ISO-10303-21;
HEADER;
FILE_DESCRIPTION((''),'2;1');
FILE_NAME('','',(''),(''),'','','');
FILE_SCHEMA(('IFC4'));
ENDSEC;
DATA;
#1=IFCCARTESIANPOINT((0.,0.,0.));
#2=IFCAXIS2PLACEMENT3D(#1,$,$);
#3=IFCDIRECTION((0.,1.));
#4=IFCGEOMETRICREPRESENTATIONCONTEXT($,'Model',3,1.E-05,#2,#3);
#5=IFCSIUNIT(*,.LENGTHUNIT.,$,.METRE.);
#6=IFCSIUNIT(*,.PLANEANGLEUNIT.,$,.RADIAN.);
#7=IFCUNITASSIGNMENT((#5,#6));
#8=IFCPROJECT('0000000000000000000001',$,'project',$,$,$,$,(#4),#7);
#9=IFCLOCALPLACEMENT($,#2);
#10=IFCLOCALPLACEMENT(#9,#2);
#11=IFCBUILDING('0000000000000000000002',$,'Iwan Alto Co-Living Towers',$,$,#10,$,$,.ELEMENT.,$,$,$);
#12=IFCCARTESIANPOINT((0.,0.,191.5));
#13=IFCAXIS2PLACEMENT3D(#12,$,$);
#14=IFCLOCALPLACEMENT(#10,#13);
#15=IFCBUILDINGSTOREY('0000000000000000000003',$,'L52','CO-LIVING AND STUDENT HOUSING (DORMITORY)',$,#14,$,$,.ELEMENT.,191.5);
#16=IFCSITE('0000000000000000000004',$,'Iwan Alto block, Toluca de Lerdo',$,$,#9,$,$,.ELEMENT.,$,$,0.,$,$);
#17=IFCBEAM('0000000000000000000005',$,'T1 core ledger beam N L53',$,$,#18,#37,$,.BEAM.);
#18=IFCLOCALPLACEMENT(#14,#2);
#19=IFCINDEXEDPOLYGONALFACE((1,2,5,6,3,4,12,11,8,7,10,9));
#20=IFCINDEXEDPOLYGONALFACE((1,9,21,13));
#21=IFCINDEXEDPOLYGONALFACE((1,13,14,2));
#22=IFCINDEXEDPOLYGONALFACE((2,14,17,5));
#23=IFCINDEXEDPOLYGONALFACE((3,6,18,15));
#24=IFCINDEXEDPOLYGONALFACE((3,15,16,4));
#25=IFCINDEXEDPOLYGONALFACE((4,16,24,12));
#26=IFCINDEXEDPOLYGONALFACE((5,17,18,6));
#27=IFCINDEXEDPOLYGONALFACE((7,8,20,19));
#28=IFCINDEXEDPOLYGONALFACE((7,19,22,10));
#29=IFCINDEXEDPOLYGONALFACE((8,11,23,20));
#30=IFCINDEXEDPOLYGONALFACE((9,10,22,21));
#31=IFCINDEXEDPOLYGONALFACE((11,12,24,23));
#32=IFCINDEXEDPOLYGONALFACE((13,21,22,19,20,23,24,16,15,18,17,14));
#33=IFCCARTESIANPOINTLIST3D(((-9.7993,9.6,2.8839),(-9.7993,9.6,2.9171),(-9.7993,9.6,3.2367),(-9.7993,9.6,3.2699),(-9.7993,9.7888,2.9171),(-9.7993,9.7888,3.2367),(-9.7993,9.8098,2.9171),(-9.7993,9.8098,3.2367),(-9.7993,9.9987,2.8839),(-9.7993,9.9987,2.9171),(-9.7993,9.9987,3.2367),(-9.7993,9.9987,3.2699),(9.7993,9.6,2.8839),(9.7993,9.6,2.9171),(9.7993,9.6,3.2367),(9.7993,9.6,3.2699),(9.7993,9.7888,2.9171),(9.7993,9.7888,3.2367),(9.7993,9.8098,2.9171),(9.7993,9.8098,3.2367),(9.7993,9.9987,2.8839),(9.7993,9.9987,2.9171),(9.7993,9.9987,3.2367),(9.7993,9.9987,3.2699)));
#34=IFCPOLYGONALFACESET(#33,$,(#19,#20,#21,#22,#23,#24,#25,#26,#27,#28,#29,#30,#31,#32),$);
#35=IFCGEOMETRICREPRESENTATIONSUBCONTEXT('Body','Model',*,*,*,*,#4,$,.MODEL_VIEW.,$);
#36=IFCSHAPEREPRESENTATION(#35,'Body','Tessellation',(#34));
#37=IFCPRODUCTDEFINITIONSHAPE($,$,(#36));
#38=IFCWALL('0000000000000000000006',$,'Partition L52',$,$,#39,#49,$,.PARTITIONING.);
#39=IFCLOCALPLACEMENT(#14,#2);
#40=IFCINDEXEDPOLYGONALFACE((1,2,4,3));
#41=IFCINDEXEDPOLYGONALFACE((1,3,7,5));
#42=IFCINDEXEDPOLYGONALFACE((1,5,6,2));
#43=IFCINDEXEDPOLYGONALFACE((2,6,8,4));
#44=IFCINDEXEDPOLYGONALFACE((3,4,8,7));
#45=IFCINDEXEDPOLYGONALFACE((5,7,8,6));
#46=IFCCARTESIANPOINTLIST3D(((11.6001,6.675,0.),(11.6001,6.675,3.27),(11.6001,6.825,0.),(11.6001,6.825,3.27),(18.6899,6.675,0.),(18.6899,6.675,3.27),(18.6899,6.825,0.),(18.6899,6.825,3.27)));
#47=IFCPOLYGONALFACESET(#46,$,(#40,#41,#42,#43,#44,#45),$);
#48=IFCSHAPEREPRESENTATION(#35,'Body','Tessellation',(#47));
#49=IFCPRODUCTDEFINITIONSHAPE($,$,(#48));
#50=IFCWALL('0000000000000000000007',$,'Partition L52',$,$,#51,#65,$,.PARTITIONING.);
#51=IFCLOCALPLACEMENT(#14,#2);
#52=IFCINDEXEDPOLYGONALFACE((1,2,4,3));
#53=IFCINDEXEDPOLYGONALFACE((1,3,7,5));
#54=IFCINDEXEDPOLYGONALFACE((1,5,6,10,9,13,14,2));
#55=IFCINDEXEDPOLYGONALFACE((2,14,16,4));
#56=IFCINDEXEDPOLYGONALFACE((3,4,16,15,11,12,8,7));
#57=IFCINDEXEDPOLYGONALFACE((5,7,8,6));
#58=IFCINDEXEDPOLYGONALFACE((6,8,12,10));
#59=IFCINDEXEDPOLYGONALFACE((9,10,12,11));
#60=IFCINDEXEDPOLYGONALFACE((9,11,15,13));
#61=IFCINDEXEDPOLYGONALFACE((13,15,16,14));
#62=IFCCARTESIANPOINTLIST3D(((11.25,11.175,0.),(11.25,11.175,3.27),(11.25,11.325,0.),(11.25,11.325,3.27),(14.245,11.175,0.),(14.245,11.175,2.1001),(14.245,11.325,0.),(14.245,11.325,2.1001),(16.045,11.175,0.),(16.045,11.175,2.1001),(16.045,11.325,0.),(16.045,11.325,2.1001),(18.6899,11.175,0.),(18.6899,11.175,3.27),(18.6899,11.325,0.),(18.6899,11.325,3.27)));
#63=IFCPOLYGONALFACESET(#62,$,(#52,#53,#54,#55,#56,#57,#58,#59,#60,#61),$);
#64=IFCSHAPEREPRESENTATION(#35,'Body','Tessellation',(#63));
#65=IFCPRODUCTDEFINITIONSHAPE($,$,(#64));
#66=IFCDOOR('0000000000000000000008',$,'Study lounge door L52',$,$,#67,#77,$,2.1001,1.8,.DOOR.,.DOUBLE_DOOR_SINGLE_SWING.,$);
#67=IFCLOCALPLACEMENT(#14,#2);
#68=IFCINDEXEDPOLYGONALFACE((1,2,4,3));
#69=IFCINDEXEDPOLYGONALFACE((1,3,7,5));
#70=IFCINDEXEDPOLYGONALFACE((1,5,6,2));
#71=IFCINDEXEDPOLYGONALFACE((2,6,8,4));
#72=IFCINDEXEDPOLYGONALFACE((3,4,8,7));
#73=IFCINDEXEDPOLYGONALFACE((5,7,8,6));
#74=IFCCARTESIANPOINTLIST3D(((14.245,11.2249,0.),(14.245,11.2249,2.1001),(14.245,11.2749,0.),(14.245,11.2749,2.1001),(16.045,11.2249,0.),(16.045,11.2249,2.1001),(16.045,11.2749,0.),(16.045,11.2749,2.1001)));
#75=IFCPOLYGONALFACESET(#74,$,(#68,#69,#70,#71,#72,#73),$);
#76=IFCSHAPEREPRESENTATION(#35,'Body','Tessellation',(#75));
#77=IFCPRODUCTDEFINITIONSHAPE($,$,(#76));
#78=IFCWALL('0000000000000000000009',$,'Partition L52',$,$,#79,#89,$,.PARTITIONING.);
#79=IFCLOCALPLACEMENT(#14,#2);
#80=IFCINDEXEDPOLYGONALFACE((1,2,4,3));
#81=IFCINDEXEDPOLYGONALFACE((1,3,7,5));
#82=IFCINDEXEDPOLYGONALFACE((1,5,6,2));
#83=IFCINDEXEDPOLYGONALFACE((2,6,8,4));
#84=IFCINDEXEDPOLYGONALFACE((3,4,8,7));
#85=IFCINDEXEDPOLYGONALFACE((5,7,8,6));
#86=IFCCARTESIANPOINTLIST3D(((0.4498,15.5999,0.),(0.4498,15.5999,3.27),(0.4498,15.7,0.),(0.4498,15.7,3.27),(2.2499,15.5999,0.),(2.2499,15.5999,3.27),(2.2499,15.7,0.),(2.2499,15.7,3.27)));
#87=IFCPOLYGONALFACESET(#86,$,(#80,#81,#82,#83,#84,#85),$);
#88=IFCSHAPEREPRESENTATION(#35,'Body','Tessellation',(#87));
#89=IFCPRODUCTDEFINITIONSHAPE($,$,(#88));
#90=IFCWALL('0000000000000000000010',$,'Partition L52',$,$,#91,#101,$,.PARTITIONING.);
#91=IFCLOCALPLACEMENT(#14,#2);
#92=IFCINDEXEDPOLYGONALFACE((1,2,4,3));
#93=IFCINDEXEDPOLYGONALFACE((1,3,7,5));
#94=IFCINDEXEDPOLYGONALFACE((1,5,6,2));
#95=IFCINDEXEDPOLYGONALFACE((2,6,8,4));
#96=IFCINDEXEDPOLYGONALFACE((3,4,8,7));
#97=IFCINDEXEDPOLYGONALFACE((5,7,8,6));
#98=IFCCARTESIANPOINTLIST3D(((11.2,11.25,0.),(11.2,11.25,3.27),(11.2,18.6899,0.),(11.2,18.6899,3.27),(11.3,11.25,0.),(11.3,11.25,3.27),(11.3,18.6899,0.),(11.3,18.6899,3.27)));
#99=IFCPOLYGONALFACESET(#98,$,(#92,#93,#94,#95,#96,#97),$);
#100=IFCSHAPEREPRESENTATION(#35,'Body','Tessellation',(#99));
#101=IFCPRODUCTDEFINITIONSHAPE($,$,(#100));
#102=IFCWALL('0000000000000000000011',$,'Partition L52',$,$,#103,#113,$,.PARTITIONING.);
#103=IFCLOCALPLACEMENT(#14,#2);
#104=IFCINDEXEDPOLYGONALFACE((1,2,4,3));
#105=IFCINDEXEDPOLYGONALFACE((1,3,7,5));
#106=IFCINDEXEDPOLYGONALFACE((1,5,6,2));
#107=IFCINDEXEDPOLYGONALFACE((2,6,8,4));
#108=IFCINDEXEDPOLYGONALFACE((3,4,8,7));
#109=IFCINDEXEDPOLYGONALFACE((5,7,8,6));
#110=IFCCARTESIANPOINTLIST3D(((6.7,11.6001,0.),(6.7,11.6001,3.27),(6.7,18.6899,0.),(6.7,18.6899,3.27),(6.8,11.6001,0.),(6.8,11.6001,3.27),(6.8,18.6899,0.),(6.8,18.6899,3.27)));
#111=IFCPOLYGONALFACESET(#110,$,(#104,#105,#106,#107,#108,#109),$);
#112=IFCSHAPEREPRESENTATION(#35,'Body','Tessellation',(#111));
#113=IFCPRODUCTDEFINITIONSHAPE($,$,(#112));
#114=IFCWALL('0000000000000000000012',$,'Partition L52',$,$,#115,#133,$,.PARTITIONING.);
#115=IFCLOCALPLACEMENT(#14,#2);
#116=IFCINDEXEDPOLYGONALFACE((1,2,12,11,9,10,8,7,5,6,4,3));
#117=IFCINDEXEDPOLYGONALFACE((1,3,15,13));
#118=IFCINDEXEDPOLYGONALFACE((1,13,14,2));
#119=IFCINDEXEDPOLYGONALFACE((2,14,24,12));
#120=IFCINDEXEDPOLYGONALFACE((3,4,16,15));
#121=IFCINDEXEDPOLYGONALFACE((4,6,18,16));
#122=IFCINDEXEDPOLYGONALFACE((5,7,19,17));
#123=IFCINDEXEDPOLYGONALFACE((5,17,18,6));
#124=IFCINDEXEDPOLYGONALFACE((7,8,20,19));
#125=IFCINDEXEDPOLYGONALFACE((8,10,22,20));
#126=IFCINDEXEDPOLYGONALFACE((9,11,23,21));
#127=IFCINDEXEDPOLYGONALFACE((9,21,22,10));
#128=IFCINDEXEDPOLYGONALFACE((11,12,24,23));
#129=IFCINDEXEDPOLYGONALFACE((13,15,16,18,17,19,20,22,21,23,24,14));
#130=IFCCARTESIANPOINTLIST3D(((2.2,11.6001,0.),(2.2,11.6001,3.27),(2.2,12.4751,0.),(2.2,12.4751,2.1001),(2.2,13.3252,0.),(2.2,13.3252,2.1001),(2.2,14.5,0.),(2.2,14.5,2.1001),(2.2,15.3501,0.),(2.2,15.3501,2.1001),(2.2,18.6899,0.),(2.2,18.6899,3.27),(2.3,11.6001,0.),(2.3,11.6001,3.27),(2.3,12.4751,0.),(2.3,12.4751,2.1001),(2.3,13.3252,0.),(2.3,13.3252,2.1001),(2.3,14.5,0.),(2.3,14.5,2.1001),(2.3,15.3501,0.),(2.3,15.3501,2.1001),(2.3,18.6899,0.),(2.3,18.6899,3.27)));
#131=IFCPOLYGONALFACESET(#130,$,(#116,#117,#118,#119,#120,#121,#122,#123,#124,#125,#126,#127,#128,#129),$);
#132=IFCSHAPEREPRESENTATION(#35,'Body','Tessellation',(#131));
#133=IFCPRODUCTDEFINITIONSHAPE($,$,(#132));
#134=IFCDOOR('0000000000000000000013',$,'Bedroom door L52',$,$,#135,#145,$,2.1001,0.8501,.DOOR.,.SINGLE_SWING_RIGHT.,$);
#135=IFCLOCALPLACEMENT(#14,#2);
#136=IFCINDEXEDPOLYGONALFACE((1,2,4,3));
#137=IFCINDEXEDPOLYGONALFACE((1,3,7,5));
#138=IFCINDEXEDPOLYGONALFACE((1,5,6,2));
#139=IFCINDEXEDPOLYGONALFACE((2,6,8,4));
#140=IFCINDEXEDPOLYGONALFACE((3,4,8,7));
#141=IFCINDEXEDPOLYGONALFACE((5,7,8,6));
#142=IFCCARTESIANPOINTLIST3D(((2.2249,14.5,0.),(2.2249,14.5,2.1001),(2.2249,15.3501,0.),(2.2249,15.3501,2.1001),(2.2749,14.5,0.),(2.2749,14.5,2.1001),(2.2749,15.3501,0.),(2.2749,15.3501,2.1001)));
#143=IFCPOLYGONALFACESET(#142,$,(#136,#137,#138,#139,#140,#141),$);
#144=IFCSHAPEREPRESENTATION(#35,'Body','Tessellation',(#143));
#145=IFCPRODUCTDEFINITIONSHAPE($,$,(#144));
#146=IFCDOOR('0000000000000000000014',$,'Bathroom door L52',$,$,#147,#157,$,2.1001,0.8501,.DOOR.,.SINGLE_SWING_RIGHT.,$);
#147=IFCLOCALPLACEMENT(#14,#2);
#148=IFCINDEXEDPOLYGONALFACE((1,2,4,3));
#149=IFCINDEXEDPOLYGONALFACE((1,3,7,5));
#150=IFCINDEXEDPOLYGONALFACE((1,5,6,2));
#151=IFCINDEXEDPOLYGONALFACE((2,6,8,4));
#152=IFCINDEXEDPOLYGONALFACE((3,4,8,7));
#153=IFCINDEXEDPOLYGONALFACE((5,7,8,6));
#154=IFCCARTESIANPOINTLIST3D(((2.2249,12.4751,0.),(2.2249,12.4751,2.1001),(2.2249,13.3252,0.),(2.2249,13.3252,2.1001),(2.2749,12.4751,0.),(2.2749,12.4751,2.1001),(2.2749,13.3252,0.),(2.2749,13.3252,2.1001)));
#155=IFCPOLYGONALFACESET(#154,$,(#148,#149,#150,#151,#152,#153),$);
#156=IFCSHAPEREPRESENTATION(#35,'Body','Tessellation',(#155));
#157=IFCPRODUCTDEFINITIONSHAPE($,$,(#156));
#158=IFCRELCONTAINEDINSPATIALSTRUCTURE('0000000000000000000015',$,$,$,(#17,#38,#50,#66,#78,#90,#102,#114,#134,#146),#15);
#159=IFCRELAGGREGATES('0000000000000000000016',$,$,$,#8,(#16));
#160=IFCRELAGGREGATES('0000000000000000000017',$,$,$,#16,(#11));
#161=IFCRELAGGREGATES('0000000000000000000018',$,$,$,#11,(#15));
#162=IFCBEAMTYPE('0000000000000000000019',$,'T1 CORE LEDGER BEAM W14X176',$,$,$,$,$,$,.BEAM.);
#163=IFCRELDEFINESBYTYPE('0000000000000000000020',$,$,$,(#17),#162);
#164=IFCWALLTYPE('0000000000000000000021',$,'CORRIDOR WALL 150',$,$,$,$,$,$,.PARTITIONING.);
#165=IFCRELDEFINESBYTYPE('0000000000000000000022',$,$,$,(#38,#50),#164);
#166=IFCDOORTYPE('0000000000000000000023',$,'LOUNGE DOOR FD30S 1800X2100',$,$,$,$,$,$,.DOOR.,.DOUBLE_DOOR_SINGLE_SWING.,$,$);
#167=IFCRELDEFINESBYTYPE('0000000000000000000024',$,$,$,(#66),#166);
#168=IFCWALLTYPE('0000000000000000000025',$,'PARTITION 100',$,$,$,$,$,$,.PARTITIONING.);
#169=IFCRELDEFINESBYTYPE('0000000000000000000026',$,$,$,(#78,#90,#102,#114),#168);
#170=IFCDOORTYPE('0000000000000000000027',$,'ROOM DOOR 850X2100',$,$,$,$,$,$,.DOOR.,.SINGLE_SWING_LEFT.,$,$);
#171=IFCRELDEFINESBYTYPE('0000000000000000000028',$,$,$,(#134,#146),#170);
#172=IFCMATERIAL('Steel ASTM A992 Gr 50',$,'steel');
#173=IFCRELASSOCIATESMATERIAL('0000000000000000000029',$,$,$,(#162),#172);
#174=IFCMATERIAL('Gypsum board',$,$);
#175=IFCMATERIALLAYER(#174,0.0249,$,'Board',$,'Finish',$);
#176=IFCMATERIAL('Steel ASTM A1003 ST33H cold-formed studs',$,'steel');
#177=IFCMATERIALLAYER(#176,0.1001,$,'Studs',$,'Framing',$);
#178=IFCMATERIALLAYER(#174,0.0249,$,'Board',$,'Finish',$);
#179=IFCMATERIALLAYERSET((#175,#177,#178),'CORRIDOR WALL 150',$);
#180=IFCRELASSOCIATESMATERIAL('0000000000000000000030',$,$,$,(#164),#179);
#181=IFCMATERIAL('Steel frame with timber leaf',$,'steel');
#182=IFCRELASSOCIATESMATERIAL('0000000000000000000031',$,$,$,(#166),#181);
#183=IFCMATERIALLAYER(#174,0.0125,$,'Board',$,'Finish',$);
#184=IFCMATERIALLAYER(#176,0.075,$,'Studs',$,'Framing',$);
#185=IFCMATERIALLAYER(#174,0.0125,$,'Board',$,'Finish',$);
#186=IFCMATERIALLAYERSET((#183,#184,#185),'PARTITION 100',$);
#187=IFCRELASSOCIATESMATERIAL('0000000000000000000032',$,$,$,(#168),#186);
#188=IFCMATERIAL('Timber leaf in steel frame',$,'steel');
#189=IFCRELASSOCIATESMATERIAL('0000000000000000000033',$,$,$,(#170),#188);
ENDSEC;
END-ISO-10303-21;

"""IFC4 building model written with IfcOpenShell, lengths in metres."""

from ifc_helpers import new_model, si_unit, direction, frame, frame_2d, origin, origin_2d, place, context, subcontext, project, spatial, rectangle, i_section, extrude, material, layer, layer_set, material_profile, profile_set, type_object, element, fill, save


model = new_model("IFC4")

# Units and contexts
model_context = context("Model", 3, precision=1e-05, world=origin(), true_north=direction((0.0, 1.0)))
body_context = subcontext(model_context, "Body", "Model", "MODEL_VIEW")
ifc_project = project(units=[si_unit("LENGTHUNIT", "METRE"), si_unit("PLANEANGLEUNIT", "RADIAN")], contexts=[model_context])

# Site, building, storey
site_placement = place(None, origin())
site = spatial("IfcSite", under=ifc_project, at=site_placement, Name="Iwan Alto block, Toluca de Lerdo", CompositionType="ELEMENT", RefElevation=0.0)
building_placement = place(site_placement, origin())
building = spatial("IfcBuilding", under=site, at=building_placement, Name="Iwan Alto Co-Living Towers", CompositionType="ELEMENT")
storey_placement = place(building_placement, frame((0.0, 0.0, 191.5)))
storey = spatial("IfcBuildingStorey", under=building, at=storey_placement, Name="L52", Description="CO-LIVING AND STUDENT HOUSING (DORMITORY)", CompositionType="ELEMENT", Elevation=191.5)

# Beam
ifc_material_1 = material(Name="Steel ASTM A992 Gr 50", Category="steel")
ifc_material_profile = material_profile(ifc_material_1, i_section(OverallWidth=0.3987, OverallDepth=0.386, WebThickness=0.021, FlangeThickness=0.0332, at=origin_2d()), Name="W14X176")
ifc_profile_set = profile_set([ifc_material_profile], Name="Steel ASTM A992 Gr 50")
beam_type = type_object("IfcBeamType", Name="T1 CORE LEDGER BEAM W14X176", PredefinedType="BEAM", material=ifc_profile_set)
beam_placement = place(storey_placement, frame((9.7993, 9.7993, 3.0769), z_axis=(-1.0, 0.0, 0.0), x_axis=(0.0, -1.0, 0.0)))
element("IfcBeam", 1, at=beam_placement, inside=storey, type_object=beam_type, Name="T1 core ledger beam N L53", PredefinedType="BEAM", context=body_context, shape_type="SweptSolid", body=[
    extrude(i_section(OverallWidth=0.3987, OverallDepth=0.386, WebThickness=0.021, FlangeThickness=0.0332, at=origin_2d()), origin(), (0.0, 0.0, 1.0), 19.5986),
])

# Wall
ifc_material_2 = material(Name="Gypsum board")
ifc_layer_1 = layer(ifc_material_2, 0.0249, Name="Board", Category="Finish")
ifc_material_3 = material(Name="Steel ASTM A1003 ST33H cold-formed studs", Category="steel")
ifc_layer_2 = layer(ifc_material_3, 0.1001, Name="Studs", Category="Framing")
ifc_layer_3 = layer(ifc_material_2, 0.0249, Name="Board", Category="Finish")
ifc_layer_set_1 = layer_set([ifc_layer_1, ifc_layer_2, ifc_layer_3], Name="CORRIDOR WALL 150")
wall_type_1 = type_object("IfcWallType", Name="CORRIDOR WALL 150", PredefinedType="PARTITIONING", material=ifc_layer_set_1)
wall_1_placement = place(storey_placement, frame((11.6001, 6.75, 0.0), z_axis=(0.0, 0.0, 1.0), x_axis=(1.0, 0.0, 0.0)))
element("IfcWall", 2, at=wall_1_placement, inside=storey, type_object=wall_type_1, Name="Partition L52", PredefinedType="PARTITIONING", context=body_context, shape_type="SweptSolid", body=[
    extrude(rectangle(XDim=7.0898, YDim=0.1499, at=frame_2d((3.5449, 0.0))), origin(), (0.0, 0.0, 1.0), 3.27),
])

# Wall, opening, door
wall_2_placement = place(storey_placement, frame((11.25, 11.25, 0.0), z_axis=(0.0, 0.0, 1.0), x_axis=(1.0, 0.0, 0.0)))
wall_2 = element("IfcWall", 3, at=wall_2_placement, inside=storey, type_object=wall_type_1, Name="Partition L52", PredefinedType="PARTITIONING", context=body_context, shape_type="SweptSolid", body=[
    extrude(rectangle(XDim=7.4399, YDim=0.1499, at=frame_2d((3.72, 0.0))), origin(), (0.0, 0.0, 1.0), 3.27),
])
opening_1_placement = place(wall_2_placement, frame((2.9951, 0.0, 0.0)))
opening_1 = element("IfcOpeningElement", 4, at=opening_1_placement, cuts=wall_2, PredefinedType="OPENING", context=body_context, shape_type="SweptSolid", body=[
    extrude(rectangle(XDim=1.8, YDim=2.1001, at=frame_2d((0.8999, 1.05))), frame((0.0, 0.085, 0.0), z_axis=(0.0, -1.0, 0.0), x_axis=(1.0, 0.0, 0.0)), (0.0, 0.0, 1.0), 0.1699),
])
ifc_material_4 = material(Name="Steel frame with timber leaf", Category="steel")
door_type_1 = type_object("IfcDoorType", Name="LOUNGE DOOR FD30S 1800X2100", OperationType="DOUBLE_DOOR_SINGLE_SWING", PredefinedType="DOOR", material=ifc_material_4)
door_1_placement = place(opening_1_placement, origin())
door_1 = element("IfcDoor", 5, at=door_1_placement, inside=storey, type_object=door_type_1, Name="Study lounge door L52", OperationType="DOUBLE_DOOR_SINGLE_SWING", OverallHeight=2.1001, OverallWidth=1.8, PredefinedType="DOOR", context=body_context, shape_type="SweptSolid", body=[
    extrude(rectangle(XDim=1.8, YDim=2.1001, at=frame_2d((0.8999, 1.05))), frame((0.0, 0.0249, 0.0), z_axis=(0.0, -1.0, 0.0), x_axis=(1.0, 0.0, 0.0)), (0.0, 0.0, 1.0), 0.05),
])
fill(opening_1, door_1)

# Walls
ifc_layer_4 = layer(ifc_material_2, 0.0125, Name="Board", Category="Finish")
ifc_layer_5 = layer(ifc_material_3, 0.075, Name="Studs", Category="Framing")
ifc_layer_6 = layer(ifc_material_2, 0.0125, Name="Board", Category="Finish")
ifc_layer_set_2 = layer_set([ifc_layer_4, ifc_layer_5, ifc_layer_6], Name="PARTITION 100")
wall_type_2 = type_object("IfcWallType", Name="PARTITION 100", PredefinedType="PARTITIONING", material=ifc_layer_set_2)
wall_3_placement = place(storey_placement, frame((0.45, 15.6499, 0.0), z_axis=(0.0, 0.0, 1.0), x_axis=(1.0, 0.0, 0.0)))
element("IfcWall", 6, at=wall_3_placement, inside=storey, type_object=wall_type_2, Name="Partition L52", PredefinedType="PARTITIONING", context=body_context, shape_type="SweptSolid", body=[
    extrude(rectangle(XDim=1.8, YDim=0.1001, at=frame_2d((0.8999, 0.0))), origin(), (0.0, 0.0, 1.0), 3.27),
])
wall_4_placement = place(storey_placement, frame((11.25, 11.25, 0.0), z_axis=(0.0, 0.0, 1.0), x_axis=(0.0, 1.0, 0.0)))
element("IfcWall", 7, at=wall_4_placement, inside=storey, type_object=wall_type_2, Name="Partition L52", PredefinedType="PARTITIONING", context=body_context, shape_type="SweptSolid", body=[
    extrude(rectangle(XDim=7.4399, YDim=0.1001, at=frame_2d((3.72, 0.0))), origin(), (0.0, 0.0, 1.0), 3.27),
])
wall_5_placement = place(storey_placement, frame((6.75, 11.6001, 0.0), z_axis=(0.0, 0.0, 1.0), x_axis=(0.0, 1.0, 0.0)))
element("IfcWall", 8, at=wall_5_placement, inside=storey, type_object=wall_type_2, Name="Partition L52", PredefinedType="PARTITIONING", context=body_context, shape_type="SweptSolid", body=[
    extrude(rectangle(XDim=7.0898, YDim=0.1001, at=frame_2d((3.5449, 0.0))), origin(), (0.0, 0.0, 1.0), 3.27),
])

# Wall, openings, doors
wall_6_placement = place(storey_placement, frame((2.25, 11.6001, 0.0), z_axis=(0.0, 0.0, 1.0), x_axis=(0.0, 1.0, 0.0)))
wall_6 = element("IfcWall", 9, at=wall_6_placement, inside=storey, type_object=wall_type_2, Name="Partition L52", PredefinedType="PARTITIONING", context=body_context, shape_type="SweptSolid", body=[
    extrude(rectangle(XDim=7.0898, YDim=0.1001, at=frame_2d((3.5449, 0.0))), origin(), (0.0, 0.0, 1.0), 3.27),
])
opening_2_placement = place(wall_6_placement, frame((2.8999, 0.0, 0.0)))
opening_2 = element("IfcOpeningElement", 10, at=opening_2_placement, cuts=wall_6, PredefinedType="OPENING", context=body_context, shape_type="SweptSolid", body=[
    extrude(rectangle(XDim=0.8501, YDim=2.1001, at=frame_2d((0.425, 1.05))), frame((0.0, 0.0601, 0.0), z_axis=(0.0, -1.0, 0.0), x_axis=(1.0, 0.0, 0.0)), (0.0, 0.0, 1.0), 0.1201),
])
opening_3_placement = place(wall_6_placement, frame((0.875, 0.0, 0.0)))
opening_3 = element("IfcOpeningElement", 11, at=opening_3_placement, cuts=wall_6, PredefinedType="OPENING", context=body_context, shape_type="SweptSolid", body=[
    extrude(rectangle(XDim=0.8501, YDim=2.1001, at=frame_2d((0.425, 1.05))), frame((0.0, 0.0601, 0.0), z_axis=(0.0, -1.0, 0.0), x_axis=(1.0, 0.0, 0.0)), (0.0, 0.0, 1.0), 0.1201),
])
ifc_material_5 = material(Name="Timber leaf in steel frame", Category="steel")
door_type_2 = type_object("IfcDoorType", Name="ROOM DOOR 850X2100", OperationType="SINGLE_SWING_LEFT", PredefinedType="DOOR", material=ifc_material_5)
door_2_placement = place(opening_2_placement, frame((0.8501, 0.0, 0.0), z_axis=(0.0, 0.0, 1.0), x_axis=(-1.0, 0.0, 0.0)))
door_2 = element("IfcDoor", 12, at=door_2_placement, inside=storey, type_object=door_type_2, Name="Bedroom door L52", OperationType="SINGLE_SWING_RIGHT", OverallHeight=2.1001, OverallWidth=0.8501, PredefinedType="DOOR", context=body_context, shape_type="SweptSolid", body=[
    extrude(rectangle(XDim=0.8501, YDim=2.1001, at=frame_2d((0.425, 1.05))), frame((0.0, 0.0249, 0.0), z_axis=(0.0, -1.0, 0.0), x_axis=(1.0, 0.0, 0.0)), (0.0, 0.0, 1.0), 0.05),
])
fill(opening_2, door_2)
door_3_placement = place(opening_3_placement, frame((0.8501, 0.0, 0.0), z_axis=(0.0, 0.0, 1.0), x_axis=(-1.0, 0.0, 0.0)))
door_3 = element("IfcDoor", 13, at=door_3_placement, inside=storey, type_object=door_type_2, Name="Bathroom door L52", OperationType="SINGLE_SWING_RIGHT", OverallHeight=2.1001, OverallWidth=0.8501, PredefinedType="DOOR", context=body_context, shape_type="SweptSolid", body=[
    extrude(rectangle(XDim=0.8501, YDim=2.1001, at=frame_2d((0.425, 1.05))), frame((0.0, 0.0249, 0.0), z_axis=(0.0, -1.0, 0.0), x_axis=(1.0, 0.0, 0.0)), (0.0, 0.0, 1.0), 0.05),
])
fill(opening_3, door_3)

save(model, "model.ifc")
